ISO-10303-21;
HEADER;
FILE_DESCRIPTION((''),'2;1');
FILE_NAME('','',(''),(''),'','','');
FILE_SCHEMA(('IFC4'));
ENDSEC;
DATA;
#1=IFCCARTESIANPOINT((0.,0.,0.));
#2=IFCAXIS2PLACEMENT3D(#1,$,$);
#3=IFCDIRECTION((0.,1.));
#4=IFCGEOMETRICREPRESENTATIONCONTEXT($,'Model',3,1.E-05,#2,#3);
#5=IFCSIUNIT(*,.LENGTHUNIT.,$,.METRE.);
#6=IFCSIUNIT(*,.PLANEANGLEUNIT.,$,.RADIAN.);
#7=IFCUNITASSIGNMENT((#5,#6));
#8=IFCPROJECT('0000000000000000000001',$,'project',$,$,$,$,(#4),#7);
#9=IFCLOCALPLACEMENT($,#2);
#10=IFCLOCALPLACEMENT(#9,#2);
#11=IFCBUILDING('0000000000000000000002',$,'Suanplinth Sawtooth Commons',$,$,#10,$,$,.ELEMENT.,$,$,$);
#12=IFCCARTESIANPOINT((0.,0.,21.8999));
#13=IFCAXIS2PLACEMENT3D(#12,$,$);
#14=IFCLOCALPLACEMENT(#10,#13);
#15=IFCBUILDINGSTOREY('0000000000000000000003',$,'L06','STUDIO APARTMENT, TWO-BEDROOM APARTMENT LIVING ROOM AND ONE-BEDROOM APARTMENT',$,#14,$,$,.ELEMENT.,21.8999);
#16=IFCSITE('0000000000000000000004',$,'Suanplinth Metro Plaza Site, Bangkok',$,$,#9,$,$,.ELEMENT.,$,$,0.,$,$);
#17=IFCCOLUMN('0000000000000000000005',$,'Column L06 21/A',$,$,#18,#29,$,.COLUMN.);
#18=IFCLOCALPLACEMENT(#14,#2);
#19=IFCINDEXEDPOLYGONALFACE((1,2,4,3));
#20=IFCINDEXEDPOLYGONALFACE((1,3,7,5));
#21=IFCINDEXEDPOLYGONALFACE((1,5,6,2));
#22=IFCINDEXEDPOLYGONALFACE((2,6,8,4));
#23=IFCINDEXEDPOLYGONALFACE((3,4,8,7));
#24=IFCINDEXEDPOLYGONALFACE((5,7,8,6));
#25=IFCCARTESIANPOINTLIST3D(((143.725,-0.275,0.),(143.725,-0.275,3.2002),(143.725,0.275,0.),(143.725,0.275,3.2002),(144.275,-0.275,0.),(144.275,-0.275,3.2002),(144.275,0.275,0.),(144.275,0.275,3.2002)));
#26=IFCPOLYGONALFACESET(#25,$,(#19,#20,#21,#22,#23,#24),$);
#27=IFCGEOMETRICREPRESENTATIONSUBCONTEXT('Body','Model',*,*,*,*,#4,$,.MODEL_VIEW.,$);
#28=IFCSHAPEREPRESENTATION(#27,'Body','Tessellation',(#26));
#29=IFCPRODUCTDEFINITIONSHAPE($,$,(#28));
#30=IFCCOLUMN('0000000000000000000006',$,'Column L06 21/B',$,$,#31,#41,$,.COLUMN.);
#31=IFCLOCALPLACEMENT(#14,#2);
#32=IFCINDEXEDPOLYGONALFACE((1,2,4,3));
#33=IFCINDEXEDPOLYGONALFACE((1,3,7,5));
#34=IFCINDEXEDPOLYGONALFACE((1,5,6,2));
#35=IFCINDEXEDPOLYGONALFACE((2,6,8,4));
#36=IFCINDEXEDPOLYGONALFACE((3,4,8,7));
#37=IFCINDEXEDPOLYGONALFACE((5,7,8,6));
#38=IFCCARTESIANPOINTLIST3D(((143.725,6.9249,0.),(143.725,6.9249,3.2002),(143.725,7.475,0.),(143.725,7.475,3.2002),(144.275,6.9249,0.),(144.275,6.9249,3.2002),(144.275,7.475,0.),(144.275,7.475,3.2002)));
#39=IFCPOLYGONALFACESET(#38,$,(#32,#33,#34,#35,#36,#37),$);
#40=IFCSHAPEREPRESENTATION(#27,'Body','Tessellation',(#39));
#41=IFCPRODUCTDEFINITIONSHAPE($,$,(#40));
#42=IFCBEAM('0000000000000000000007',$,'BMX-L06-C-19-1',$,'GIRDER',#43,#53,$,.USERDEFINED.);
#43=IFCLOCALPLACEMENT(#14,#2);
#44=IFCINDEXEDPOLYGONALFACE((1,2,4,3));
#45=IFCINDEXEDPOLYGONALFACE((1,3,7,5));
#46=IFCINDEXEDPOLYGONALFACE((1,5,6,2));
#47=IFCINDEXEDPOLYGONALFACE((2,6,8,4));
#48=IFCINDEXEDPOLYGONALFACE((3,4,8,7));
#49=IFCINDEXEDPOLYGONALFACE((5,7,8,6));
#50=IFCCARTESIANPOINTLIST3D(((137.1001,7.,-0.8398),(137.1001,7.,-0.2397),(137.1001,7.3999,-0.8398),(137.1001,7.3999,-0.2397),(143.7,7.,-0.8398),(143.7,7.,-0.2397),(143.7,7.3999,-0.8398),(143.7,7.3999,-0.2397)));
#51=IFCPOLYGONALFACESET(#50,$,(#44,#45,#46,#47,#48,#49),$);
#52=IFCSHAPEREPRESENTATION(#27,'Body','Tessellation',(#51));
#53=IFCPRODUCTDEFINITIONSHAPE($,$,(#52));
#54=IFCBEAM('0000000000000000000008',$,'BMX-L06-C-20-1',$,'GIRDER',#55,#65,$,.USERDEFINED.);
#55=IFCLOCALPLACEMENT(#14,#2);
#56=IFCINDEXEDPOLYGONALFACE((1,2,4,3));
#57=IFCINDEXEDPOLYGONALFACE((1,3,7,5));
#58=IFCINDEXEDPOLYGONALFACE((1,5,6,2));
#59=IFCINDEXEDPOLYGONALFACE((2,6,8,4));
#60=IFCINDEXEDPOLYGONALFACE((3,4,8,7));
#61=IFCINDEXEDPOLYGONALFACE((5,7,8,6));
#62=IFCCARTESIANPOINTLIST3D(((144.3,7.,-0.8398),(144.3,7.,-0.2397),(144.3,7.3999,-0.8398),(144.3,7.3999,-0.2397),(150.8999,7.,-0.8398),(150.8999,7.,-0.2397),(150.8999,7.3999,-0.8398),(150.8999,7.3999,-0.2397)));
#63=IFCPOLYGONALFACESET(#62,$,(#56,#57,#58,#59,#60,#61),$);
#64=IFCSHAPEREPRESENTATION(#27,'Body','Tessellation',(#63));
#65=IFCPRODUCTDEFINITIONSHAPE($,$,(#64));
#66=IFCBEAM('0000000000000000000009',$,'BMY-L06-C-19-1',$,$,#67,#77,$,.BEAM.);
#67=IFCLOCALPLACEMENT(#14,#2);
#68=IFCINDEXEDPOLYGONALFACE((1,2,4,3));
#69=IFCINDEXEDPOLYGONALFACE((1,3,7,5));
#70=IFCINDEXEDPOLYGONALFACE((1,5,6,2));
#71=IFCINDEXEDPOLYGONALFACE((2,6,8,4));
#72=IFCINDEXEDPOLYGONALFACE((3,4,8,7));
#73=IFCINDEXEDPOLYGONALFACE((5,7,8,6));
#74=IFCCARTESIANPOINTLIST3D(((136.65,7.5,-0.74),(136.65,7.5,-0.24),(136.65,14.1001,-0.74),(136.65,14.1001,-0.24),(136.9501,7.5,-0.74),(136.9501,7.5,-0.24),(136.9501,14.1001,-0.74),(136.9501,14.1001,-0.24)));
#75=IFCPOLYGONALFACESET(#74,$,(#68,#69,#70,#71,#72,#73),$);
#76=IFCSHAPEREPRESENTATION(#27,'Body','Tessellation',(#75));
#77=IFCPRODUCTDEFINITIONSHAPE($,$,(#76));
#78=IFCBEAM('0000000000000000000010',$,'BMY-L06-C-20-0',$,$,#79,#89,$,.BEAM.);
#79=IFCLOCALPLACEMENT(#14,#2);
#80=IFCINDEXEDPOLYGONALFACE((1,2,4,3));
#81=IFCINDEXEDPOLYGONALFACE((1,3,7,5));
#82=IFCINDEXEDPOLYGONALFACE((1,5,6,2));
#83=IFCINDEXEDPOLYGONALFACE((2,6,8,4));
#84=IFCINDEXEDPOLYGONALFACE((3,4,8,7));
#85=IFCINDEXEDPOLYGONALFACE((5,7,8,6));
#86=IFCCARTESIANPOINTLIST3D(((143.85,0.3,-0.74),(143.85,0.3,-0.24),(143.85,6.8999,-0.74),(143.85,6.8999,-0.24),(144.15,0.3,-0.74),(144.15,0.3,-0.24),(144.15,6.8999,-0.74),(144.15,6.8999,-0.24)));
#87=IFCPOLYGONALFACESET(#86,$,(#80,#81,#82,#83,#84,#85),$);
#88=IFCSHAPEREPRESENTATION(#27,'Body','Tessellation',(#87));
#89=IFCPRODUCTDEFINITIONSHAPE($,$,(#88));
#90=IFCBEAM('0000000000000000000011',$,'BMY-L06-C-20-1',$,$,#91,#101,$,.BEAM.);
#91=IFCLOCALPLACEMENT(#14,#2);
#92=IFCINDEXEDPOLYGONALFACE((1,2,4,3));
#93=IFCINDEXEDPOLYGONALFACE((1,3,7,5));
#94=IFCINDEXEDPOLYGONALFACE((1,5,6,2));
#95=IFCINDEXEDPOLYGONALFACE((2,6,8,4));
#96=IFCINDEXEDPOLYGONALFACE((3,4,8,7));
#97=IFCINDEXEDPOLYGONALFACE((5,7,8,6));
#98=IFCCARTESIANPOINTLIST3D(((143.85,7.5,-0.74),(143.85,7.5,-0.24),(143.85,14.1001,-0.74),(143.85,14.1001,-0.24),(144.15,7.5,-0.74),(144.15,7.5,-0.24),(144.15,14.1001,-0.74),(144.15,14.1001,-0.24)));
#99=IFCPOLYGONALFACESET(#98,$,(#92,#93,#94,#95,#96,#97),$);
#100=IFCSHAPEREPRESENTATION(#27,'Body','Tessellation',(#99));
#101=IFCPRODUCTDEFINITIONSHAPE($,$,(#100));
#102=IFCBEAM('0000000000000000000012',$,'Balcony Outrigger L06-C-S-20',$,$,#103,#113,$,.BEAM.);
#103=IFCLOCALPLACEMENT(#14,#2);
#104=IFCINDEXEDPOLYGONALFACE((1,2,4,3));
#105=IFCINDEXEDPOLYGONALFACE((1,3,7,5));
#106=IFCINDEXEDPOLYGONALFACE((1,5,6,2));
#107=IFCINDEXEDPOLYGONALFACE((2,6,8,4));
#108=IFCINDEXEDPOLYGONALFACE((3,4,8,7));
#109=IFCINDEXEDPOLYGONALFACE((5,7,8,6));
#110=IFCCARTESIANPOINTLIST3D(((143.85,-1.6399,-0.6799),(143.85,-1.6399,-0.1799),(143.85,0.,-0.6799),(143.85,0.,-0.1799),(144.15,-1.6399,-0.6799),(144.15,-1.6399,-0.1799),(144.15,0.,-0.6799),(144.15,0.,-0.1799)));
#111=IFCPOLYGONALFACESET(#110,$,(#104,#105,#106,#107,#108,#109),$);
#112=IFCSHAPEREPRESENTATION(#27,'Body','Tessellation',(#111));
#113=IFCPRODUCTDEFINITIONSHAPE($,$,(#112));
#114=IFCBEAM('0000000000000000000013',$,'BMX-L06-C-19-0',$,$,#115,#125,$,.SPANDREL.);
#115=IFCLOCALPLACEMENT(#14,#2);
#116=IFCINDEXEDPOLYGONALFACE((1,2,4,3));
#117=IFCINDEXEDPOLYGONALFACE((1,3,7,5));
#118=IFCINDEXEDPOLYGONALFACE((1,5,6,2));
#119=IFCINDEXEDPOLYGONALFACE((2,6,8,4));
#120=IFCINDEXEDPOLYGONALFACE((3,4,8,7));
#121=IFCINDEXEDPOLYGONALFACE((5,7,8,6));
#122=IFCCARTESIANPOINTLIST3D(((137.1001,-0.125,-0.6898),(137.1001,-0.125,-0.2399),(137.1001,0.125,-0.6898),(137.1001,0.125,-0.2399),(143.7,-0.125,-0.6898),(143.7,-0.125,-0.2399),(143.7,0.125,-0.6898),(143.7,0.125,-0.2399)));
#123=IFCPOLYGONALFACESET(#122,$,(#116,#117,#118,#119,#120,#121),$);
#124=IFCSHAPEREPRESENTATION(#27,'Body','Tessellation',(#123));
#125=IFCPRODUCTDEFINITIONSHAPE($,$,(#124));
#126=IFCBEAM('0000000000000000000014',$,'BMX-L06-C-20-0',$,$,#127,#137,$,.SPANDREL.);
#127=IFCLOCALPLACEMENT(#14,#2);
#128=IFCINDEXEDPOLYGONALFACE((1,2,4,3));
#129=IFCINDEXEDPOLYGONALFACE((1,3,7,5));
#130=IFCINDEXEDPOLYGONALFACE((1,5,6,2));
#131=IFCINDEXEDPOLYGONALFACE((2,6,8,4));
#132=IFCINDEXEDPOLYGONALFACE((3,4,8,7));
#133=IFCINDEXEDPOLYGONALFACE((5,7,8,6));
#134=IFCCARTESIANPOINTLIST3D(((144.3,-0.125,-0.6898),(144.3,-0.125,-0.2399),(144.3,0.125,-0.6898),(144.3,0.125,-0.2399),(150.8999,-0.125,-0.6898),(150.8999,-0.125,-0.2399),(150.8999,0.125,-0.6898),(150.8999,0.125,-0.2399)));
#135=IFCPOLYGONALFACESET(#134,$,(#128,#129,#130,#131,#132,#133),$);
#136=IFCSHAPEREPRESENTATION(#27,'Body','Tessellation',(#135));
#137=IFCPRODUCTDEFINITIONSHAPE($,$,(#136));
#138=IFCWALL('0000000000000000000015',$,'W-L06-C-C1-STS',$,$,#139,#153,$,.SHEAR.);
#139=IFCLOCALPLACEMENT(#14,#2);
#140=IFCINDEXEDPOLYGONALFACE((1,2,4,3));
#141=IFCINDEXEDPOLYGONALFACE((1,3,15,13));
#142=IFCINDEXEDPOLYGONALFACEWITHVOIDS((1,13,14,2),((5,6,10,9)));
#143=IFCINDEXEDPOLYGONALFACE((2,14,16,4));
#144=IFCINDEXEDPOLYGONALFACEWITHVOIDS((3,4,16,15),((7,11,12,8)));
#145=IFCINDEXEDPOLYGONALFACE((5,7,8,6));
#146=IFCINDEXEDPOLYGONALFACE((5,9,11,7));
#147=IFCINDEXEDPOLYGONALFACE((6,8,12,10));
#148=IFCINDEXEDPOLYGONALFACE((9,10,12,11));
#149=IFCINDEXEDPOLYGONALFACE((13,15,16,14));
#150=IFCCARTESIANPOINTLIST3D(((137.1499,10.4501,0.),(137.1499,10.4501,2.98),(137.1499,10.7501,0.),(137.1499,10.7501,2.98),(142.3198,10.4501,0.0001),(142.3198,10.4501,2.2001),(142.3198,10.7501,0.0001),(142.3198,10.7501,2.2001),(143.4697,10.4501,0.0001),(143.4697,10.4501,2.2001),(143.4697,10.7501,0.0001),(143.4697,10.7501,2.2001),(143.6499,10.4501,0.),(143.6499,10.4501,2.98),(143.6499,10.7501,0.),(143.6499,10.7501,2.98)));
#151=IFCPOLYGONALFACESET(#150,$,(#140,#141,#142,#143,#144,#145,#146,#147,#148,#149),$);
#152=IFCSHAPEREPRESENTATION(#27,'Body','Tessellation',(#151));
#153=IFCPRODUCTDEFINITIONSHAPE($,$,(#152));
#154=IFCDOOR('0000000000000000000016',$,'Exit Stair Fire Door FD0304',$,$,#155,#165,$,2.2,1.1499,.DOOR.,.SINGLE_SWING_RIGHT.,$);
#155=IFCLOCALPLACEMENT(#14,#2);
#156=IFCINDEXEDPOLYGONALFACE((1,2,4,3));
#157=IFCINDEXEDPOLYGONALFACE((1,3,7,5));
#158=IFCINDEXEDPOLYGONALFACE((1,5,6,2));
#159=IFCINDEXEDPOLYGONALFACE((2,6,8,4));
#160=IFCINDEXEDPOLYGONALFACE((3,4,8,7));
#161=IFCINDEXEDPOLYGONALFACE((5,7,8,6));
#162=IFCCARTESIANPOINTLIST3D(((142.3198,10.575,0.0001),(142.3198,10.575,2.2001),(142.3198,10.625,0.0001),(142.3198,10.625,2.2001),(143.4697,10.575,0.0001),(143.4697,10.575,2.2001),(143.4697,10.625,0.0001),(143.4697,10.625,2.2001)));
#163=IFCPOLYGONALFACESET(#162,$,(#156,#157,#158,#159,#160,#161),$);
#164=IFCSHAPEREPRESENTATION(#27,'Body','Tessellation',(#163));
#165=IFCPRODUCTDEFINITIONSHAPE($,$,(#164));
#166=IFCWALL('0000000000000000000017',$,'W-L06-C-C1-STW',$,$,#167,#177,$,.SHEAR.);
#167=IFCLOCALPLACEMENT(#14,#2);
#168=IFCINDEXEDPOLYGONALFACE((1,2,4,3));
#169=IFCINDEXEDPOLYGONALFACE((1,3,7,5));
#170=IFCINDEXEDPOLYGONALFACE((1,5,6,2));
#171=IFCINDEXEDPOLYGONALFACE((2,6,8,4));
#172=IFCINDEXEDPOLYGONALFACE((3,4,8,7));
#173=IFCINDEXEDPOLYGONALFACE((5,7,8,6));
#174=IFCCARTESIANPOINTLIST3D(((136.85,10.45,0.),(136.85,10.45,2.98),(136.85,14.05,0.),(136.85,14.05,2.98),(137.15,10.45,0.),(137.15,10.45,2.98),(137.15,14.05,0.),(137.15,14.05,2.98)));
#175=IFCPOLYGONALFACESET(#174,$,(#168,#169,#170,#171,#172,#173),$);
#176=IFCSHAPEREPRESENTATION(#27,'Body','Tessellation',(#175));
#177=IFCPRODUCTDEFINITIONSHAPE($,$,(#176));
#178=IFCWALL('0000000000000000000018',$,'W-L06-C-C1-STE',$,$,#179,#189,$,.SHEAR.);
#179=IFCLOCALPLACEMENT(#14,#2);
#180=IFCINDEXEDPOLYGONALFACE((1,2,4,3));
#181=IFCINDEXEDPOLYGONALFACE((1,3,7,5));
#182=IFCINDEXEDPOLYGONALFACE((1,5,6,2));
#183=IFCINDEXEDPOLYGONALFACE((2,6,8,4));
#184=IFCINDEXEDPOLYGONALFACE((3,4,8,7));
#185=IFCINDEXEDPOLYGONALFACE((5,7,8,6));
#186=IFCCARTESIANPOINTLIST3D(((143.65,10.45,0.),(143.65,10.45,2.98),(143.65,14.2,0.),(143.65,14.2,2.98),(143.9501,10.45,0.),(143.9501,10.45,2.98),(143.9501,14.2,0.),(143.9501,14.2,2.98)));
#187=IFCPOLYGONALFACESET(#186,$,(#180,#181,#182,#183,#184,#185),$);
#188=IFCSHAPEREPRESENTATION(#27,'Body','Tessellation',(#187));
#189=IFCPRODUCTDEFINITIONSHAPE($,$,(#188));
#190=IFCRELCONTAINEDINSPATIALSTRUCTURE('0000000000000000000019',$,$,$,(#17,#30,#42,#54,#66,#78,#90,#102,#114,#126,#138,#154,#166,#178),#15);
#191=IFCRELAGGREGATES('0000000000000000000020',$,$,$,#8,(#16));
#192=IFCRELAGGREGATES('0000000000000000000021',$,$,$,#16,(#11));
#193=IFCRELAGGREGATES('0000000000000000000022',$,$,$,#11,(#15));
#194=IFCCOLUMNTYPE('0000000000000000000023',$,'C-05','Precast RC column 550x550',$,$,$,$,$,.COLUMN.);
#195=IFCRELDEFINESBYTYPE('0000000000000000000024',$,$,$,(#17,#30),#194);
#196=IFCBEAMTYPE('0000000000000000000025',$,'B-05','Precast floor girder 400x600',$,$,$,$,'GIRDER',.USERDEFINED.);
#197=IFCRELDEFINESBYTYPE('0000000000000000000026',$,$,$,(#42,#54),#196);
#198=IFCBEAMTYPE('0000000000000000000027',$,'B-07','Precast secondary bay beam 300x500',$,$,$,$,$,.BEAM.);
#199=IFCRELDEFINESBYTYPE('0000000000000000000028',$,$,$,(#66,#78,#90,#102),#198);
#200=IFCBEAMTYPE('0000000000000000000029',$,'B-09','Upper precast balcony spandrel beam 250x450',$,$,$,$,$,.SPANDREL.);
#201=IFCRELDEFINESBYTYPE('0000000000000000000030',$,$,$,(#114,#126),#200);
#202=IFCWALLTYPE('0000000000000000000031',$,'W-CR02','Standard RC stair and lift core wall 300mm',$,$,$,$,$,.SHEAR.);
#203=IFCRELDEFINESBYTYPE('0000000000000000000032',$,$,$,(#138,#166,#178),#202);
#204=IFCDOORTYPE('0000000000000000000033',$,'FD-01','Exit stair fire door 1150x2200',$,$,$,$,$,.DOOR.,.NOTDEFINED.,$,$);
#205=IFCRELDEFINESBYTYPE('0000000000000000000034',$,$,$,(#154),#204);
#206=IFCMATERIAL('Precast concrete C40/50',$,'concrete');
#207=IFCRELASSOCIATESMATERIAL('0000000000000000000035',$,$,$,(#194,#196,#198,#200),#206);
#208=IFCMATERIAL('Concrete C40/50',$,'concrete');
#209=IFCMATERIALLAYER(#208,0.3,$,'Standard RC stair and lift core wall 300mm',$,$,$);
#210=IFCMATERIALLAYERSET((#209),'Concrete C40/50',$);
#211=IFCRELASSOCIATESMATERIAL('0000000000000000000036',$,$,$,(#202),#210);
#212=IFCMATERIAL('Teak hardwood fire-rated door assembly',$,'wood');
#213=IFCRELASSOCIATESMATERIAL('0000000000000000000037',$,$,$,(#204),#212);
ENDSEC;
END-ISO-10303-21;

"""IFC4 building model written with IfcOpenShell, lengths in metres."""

from ifc_helpers import new_model, si_unit, direction, frame, frame_2d, origin, origin_2d, place, context, subcontext, project, spatial, rectangle, extrude, material, layer, layer_set, material_profile, profile_set, type_object, element, fill, save


model = new_model("IFC4")

# Units and contexts
model_context = context("Model", 3, precision=1e-05, world=origin(), true_north=direction((0.0, 1.0)))
body_context = subcontext(model_context, "Body", "Model", "MODEL_VIEW")
ifc_project = project(units=[si_unit("LENGTHUNIT", "METRE"), si_unit("PLANEANGLEUNIT", "RADIAN")], contexts=[model_context])

# Site, building, storey
site_placement = place(None, origin())
site = spatial("IfcSite", under=ifc_project, at=site_placement, Name="Suanplinth Metro Plaza Site, Bangkok", CompositionType="ELEMENT", RefElevation=0.0)
building_placement = place(site_placement, origin())
building = spatial("IfcBuilding", under=site, at=building_placement, Name="Suanplinth Sawtooth Commons", CompositionType="ELEMENT")
storey_placement = place(building_placement, frame((0.0, 0.0, 21.8999)))
storey = spatial("IfcBuildingStorey", under=building, at=storey_placement, Name="L06", Description="STUDIO APARTMENT, TWO-BEDROOM APARTMENT LIVING ROOM AND ONE-BEDROOM APARTMENT", CompositionType="ELEMENT", Elevation=21.8999)

# Columns
ifc_material_1 = material(Name="Precast concrete C40/50", Category="concrete")
ifc_material_profile_1 = material_profile(ifc_material_1, rectangle(XDim=0.55, YDim=0.55, at=origin_2d()), Name="PC-COL 550x550")
ifc_profile_set_1 = profile_set([ifc_material_profile_1], Name="Precast concrete C40/50")
column_type = type_object("IfcColumnType", Name="C-05", Description="Precast RC column 550x550", PredefinedType="COLUMN", material=ifc_profile_set_1)
for number, where, z_axis, x_axis, name in (
    (1, (144.0, 0.0, 0.0), (0.0, 0.0, 1.0), (1.0, 0.0, 0.0), "Column L06 21/A"),
    (2, (144.0, 7.2, 0.0), (0.0, 0.0, 1.0), (1.0, 0.0, 0.0), "Column L06 21/B"),
):
    element("IfcColumn", number, at=place(storey_placement, frame(where, z_axis=z_axis, x_axis=x_axis)), inside=storey, type_object=column_type, Name=name, PredefinedType="COLUMN", context=body_context, shape_type="SweptSolid", body=[
        extrude(rectangle(XDim=0.55, YDim=0.55, at=origin_2d()), origin(), (0.0, 0.0, 1.0), 3.2002),
    ])

# Beams
ifc_material_profile_2 = material_profile(ifc_material_1, rectangle(XDim=0.3999, YDim=0.6001, at=origin_2d()), Name="PC-GDR 400x600")
ifc_profile_set_2 = profile_set([ifc_material_profile_2], Name="Precast concrete C40/50")
beam_type_1 = type_object("IfcBeamType", Name="B-05", Description="Precast floor girder 400x600", ElementType="GIRDER", PredefinedType="USERDEFINED", material=ifc_profile_set_2)
for number, where, z_axis, x_axis, name in (
    (3, (137.1001, 7.2, -0.5398), (1.0, 0.0, 0.0), (0.0, 1.0, 0.0), "BMX-L06-C-19-1"),
    (4, (144.3, 7.2, -0.5398), (1.0, 0.0, 0.0), (0.0, 1.0, 0.0), "BMX-L06-C-20-1"),
):
    element("IfcBeam", number, at=place(storey_placement, frame(where, z_axis=z_axis, x_axis=x_axis)), inside=storey, type_object=beam_type_1, Name=name, ObjectType="GIRDER", PredefinedType="USERDEFINED", context=body_context, shape_type="SweptSolid", body=[
        extrude(rectangle(XDim=0.3999, YDim=0.6001, at=origin_2d()), origin(), (0.0, 0.0, 1.0), 6.5999),
    ])
ifc_material_profile_3 = material_profile(ifc_material_1, rectangle(XDim=0.3, YDim=0.5, at=origin_2d()), Name="PC-BM 300x500")
ifc_profile_set_3 = profile_set([ifc_material_profile_3], Name="Precast concrete C40/50")
beam_type_2 = type_object("IfcBeamType", Name="B-07", Description="Precast secondary bay beam 300x500", PredefinedType="BEAM", material=ifc_profile_set_3)
beam_1_placement = place(storey_placement, frame((136.8, 7.5, -0.49), z_axis=(0.0, 1.0, 0.0), x_axis=(-1.0, 0.0, 0.0)))
element("IfcBeam", 5, at=beam_1_placement, inside=storey, type_object=beam_type_2, Name="BMY-L06-C-19-1", PredefinedType="BEAM", context=body_context, shape_type="SweptSolid", body=[
    extrude(rectangle(XDim=0.3, YDim=0.5, at=origin_2d()), origin(), (0.0, 0.0, 1.0), 6.6001),
])
beam_2_placement = place(storey_placement, frame((144.0, 0.3, -0.49), z_axis=(0.0, 1.0, 0.0), x_axis=(-1.0, 0.0, 0.0)))
element("IfcBeam", 6, at=beam_2_placement, inside=storey, type_object=beam_type_2, Name="BMY-L06-C-20-0", PredefinedType="BEAM", context=body_context, shape_type="SweptSolid", body=[
    extrude(rectangle(XDim=0.3, YDim=0.5, at=origin_2d()), origin(), (0.0, 0.0, 1.0), 6.5999),
])
beam_3_placement = place(storey_placement, frame((144.0, 7.5, -0.49), z_axis=(0.0, 1.0, 0.0), x_axis=(-1.0, 0.0, 0.0)))
element("IfcBeam", 7, at=beam_3_placement, inside=storey, type_object=beam_type_2, Name="BMY-L06-C-20-1", PredefinedType="BEAM", context=body_context, shape_type="SweptSolid", body=[
    extrude(rectangle(XDim=0.3, YDim=0.5, at=origin_2d()), origin(), (0.0, 0.0, 1.0), 6.6001),
])
beam_4_placement = place(storey_placement, frame((144.0, 0.0, -0.4299), z_axis=(0.0, -1.0, 0.0), x_axis=(1.0, 0.0, 0.0)))
element("IfcBeam", 8, at=beam_4_placement, inside=storey, type_object=beam_type_2, Name="Balcony Outrigger L06-C-S-20", PredefinedType="BEAM", context=body_context, shape_type="SweptSolid", body=[
    extrude(rectangle(XDim=0.3, YDim=0.5, at=origin_2d()), origin(), (0.0, 0.0, 1.0), 1.6399),
])
ifc_material_profile_4 = material_profile(ifc_material_1, rectangle(XDim=0.25, YDim=0.45, at=origin_2d()), Name="PC-SP 250x450")
ifc_profile_set_4 = profile_set([ifc_material_profile_4], Name="Precast concrete C40/50")
beam_type_3 = type_object("IfcBeamType", Name="B-09", Description="Upper precast balcony spandrel beam 250x450", PredefinedType="SPANDREL", material=ifc_profile_set_4)
for number, where, z_axis, x_axis, name in (
    (9, (137.1001, 0.0, -0.4648), (1.0, 0.0, 0.0), (0.0, 1.0, 0.0), "BMX-L06-C-19-0"),
    (10, (144.3, 0.0, -0.4648), (1.0, 0.0, 0.0), (0.0, 1.0, 0.0), "BMX-L06-C-20-0"),
):
    element("IfcBeam", number, at=place(storey_placement, frame(where, z_axis=z_axis, x_axis=x_axis)), inside=storey, type_object=beam_type_3, Name=name, PredefinedType="SPANDREL", context=body_context, shape_type="SweptSolid", body=[
        extrude(rectangle(XDim=0.25, YDim=0.45, at=origin_2d()), origin(), (0.0, 0.0, 1.0), 6.5999),
    ])

# Wall, opening, door
ifc_material_2 = material(Name="Concrete C40/50", Category="concrete")
ifc_layer_1 = layer(ifc_material_2, 0.3, Name="Standard RC stair and lift core wall 300mm")
ifc_layer_set_1 = layer_set([ifc_layer_1], Name="Concrete C40/50")
wall_type_1 = type_object("IfcWallType", Name="W-CR02", Description="Standard RC stair and lift core wall 300mm", PredefinedType="SHEAR", material=ifc_layer_set_1)
wall_1_placement = place(storey_placement, frame((137.1499, 10.6001, 0.0), z_axis=(0.0, 0.0, 1.0), x_axis=(1.0, 0.0, 0.0)))
wall_1 = element("IfcWall", 11, at=wall_1_placement, inside=storey, type_object=wall_type_1, Name="W-L06-C-C1-STS", PredefinedType="SHEAR", context=body_context, shape_type="SweptSolid", body=[
    extrude(rectangle(XDim=6.5, YDim=0.3, at=frame_2d((3.25, 0.0))), origin(), (0.0, 0.0, 1.0), 2.98),
])
opening_1_placement = place(wall_1_placement, frame((5.1699, 0.0, 0.0)))
opening_1 = element("IfcOpeningElement", 12, at=opening_1_placement, cuts=wall_1, PredefinedType="OPENING", context=body_context, shape_type="SweptSolid", body=[
    extrude(rectangle(XDim=1.1499, YDim=2.2, at=frame_2d((0.575, 1.1001))), frame((0.0, 0.165, 0.0), z_axis=(0.0, -1.0, 0.0), x_axis=(1.0, 0.0, 0.0)), (0.0, 0.0, 1.0), 0.3298),
])
ifc_material_3 = material(Name="Teak hardwood fire-rated door assembly", Category="wood")
door_type_1 = type_object("IfcDoorType", Name="FD-01", Description="Exit stair fire door 1150x2200", OperationType="NOTDEFINED", PredefinedType="DOOR", material=ifc_material_3)
door_1_placement = place(opening_1_placement, origin())
door_1 = element("IfcDoor", 13, at=door_1_placement, inside=storey, type_object=door_type_1, Name="Exit Stair Fire Door FD0304", OperationType="SINGLE_SWING_RIGHT", OverallHeight=2.2, OverallWidth=1.1499, PredefinedType="DOOR", context=body_context, shape_type="SweptSolid", body=[
    extrude(rectangle(XDim=1.1499, YDim=2.2, at=frame_2d((0.575, 1.1001))), frame((0.0, 0.0249, 0.0), z_axis=(0.0, -1.0, 0.0), x_axis=(1.0, 0.0, 0.0)), (0.0, 0.0, 1.0), 0.05),
])
fill(opening_1, door_1)

# Walls
wall_2_placement = place(storey_placement, frame((137.0, 10.45, 0.0), z_axis=(0.0, 0.0, 1.0), x_axis=(0.0, 1.0, 0.0)))
element("IfcWall", 14, at=wall_2_placement, inside=storey, type_object=wall_type_1, Name="W-L06-C-C1-STW", PredefinedType="SHEAR", context=body_context, shape_type="SweptSolid", body=[
    extrude(rectangle(XDim=3.6001, YDim=0.3, at=frame_2d((1.8, 0.0))), origin(), (0.0, 0.0, 1.0), 2.98),
])
wall_3_placement = place(storey_placement, frame((143.8, 10.45, 0.0), z_axis=(0.0, 0.0, 1.0), x_axis=(0.0, 1.0, 0.0)))
element("IfcWall", 15, at=wall_3_placement, inside=storey, type_object=wall_type_1, Name="W-L06-C-C1-STE", PredefinedType="SHEAR", context=body_context, shape_type="SweptSolid", body=[
    extrude(rectangle(XDim=3.75, YDim=0.3, at=frame_2d((1.875, 0.0))), origin(), (0.0, 0.0, 1.0), 2.98),
])

save(model, "model.ifc")
